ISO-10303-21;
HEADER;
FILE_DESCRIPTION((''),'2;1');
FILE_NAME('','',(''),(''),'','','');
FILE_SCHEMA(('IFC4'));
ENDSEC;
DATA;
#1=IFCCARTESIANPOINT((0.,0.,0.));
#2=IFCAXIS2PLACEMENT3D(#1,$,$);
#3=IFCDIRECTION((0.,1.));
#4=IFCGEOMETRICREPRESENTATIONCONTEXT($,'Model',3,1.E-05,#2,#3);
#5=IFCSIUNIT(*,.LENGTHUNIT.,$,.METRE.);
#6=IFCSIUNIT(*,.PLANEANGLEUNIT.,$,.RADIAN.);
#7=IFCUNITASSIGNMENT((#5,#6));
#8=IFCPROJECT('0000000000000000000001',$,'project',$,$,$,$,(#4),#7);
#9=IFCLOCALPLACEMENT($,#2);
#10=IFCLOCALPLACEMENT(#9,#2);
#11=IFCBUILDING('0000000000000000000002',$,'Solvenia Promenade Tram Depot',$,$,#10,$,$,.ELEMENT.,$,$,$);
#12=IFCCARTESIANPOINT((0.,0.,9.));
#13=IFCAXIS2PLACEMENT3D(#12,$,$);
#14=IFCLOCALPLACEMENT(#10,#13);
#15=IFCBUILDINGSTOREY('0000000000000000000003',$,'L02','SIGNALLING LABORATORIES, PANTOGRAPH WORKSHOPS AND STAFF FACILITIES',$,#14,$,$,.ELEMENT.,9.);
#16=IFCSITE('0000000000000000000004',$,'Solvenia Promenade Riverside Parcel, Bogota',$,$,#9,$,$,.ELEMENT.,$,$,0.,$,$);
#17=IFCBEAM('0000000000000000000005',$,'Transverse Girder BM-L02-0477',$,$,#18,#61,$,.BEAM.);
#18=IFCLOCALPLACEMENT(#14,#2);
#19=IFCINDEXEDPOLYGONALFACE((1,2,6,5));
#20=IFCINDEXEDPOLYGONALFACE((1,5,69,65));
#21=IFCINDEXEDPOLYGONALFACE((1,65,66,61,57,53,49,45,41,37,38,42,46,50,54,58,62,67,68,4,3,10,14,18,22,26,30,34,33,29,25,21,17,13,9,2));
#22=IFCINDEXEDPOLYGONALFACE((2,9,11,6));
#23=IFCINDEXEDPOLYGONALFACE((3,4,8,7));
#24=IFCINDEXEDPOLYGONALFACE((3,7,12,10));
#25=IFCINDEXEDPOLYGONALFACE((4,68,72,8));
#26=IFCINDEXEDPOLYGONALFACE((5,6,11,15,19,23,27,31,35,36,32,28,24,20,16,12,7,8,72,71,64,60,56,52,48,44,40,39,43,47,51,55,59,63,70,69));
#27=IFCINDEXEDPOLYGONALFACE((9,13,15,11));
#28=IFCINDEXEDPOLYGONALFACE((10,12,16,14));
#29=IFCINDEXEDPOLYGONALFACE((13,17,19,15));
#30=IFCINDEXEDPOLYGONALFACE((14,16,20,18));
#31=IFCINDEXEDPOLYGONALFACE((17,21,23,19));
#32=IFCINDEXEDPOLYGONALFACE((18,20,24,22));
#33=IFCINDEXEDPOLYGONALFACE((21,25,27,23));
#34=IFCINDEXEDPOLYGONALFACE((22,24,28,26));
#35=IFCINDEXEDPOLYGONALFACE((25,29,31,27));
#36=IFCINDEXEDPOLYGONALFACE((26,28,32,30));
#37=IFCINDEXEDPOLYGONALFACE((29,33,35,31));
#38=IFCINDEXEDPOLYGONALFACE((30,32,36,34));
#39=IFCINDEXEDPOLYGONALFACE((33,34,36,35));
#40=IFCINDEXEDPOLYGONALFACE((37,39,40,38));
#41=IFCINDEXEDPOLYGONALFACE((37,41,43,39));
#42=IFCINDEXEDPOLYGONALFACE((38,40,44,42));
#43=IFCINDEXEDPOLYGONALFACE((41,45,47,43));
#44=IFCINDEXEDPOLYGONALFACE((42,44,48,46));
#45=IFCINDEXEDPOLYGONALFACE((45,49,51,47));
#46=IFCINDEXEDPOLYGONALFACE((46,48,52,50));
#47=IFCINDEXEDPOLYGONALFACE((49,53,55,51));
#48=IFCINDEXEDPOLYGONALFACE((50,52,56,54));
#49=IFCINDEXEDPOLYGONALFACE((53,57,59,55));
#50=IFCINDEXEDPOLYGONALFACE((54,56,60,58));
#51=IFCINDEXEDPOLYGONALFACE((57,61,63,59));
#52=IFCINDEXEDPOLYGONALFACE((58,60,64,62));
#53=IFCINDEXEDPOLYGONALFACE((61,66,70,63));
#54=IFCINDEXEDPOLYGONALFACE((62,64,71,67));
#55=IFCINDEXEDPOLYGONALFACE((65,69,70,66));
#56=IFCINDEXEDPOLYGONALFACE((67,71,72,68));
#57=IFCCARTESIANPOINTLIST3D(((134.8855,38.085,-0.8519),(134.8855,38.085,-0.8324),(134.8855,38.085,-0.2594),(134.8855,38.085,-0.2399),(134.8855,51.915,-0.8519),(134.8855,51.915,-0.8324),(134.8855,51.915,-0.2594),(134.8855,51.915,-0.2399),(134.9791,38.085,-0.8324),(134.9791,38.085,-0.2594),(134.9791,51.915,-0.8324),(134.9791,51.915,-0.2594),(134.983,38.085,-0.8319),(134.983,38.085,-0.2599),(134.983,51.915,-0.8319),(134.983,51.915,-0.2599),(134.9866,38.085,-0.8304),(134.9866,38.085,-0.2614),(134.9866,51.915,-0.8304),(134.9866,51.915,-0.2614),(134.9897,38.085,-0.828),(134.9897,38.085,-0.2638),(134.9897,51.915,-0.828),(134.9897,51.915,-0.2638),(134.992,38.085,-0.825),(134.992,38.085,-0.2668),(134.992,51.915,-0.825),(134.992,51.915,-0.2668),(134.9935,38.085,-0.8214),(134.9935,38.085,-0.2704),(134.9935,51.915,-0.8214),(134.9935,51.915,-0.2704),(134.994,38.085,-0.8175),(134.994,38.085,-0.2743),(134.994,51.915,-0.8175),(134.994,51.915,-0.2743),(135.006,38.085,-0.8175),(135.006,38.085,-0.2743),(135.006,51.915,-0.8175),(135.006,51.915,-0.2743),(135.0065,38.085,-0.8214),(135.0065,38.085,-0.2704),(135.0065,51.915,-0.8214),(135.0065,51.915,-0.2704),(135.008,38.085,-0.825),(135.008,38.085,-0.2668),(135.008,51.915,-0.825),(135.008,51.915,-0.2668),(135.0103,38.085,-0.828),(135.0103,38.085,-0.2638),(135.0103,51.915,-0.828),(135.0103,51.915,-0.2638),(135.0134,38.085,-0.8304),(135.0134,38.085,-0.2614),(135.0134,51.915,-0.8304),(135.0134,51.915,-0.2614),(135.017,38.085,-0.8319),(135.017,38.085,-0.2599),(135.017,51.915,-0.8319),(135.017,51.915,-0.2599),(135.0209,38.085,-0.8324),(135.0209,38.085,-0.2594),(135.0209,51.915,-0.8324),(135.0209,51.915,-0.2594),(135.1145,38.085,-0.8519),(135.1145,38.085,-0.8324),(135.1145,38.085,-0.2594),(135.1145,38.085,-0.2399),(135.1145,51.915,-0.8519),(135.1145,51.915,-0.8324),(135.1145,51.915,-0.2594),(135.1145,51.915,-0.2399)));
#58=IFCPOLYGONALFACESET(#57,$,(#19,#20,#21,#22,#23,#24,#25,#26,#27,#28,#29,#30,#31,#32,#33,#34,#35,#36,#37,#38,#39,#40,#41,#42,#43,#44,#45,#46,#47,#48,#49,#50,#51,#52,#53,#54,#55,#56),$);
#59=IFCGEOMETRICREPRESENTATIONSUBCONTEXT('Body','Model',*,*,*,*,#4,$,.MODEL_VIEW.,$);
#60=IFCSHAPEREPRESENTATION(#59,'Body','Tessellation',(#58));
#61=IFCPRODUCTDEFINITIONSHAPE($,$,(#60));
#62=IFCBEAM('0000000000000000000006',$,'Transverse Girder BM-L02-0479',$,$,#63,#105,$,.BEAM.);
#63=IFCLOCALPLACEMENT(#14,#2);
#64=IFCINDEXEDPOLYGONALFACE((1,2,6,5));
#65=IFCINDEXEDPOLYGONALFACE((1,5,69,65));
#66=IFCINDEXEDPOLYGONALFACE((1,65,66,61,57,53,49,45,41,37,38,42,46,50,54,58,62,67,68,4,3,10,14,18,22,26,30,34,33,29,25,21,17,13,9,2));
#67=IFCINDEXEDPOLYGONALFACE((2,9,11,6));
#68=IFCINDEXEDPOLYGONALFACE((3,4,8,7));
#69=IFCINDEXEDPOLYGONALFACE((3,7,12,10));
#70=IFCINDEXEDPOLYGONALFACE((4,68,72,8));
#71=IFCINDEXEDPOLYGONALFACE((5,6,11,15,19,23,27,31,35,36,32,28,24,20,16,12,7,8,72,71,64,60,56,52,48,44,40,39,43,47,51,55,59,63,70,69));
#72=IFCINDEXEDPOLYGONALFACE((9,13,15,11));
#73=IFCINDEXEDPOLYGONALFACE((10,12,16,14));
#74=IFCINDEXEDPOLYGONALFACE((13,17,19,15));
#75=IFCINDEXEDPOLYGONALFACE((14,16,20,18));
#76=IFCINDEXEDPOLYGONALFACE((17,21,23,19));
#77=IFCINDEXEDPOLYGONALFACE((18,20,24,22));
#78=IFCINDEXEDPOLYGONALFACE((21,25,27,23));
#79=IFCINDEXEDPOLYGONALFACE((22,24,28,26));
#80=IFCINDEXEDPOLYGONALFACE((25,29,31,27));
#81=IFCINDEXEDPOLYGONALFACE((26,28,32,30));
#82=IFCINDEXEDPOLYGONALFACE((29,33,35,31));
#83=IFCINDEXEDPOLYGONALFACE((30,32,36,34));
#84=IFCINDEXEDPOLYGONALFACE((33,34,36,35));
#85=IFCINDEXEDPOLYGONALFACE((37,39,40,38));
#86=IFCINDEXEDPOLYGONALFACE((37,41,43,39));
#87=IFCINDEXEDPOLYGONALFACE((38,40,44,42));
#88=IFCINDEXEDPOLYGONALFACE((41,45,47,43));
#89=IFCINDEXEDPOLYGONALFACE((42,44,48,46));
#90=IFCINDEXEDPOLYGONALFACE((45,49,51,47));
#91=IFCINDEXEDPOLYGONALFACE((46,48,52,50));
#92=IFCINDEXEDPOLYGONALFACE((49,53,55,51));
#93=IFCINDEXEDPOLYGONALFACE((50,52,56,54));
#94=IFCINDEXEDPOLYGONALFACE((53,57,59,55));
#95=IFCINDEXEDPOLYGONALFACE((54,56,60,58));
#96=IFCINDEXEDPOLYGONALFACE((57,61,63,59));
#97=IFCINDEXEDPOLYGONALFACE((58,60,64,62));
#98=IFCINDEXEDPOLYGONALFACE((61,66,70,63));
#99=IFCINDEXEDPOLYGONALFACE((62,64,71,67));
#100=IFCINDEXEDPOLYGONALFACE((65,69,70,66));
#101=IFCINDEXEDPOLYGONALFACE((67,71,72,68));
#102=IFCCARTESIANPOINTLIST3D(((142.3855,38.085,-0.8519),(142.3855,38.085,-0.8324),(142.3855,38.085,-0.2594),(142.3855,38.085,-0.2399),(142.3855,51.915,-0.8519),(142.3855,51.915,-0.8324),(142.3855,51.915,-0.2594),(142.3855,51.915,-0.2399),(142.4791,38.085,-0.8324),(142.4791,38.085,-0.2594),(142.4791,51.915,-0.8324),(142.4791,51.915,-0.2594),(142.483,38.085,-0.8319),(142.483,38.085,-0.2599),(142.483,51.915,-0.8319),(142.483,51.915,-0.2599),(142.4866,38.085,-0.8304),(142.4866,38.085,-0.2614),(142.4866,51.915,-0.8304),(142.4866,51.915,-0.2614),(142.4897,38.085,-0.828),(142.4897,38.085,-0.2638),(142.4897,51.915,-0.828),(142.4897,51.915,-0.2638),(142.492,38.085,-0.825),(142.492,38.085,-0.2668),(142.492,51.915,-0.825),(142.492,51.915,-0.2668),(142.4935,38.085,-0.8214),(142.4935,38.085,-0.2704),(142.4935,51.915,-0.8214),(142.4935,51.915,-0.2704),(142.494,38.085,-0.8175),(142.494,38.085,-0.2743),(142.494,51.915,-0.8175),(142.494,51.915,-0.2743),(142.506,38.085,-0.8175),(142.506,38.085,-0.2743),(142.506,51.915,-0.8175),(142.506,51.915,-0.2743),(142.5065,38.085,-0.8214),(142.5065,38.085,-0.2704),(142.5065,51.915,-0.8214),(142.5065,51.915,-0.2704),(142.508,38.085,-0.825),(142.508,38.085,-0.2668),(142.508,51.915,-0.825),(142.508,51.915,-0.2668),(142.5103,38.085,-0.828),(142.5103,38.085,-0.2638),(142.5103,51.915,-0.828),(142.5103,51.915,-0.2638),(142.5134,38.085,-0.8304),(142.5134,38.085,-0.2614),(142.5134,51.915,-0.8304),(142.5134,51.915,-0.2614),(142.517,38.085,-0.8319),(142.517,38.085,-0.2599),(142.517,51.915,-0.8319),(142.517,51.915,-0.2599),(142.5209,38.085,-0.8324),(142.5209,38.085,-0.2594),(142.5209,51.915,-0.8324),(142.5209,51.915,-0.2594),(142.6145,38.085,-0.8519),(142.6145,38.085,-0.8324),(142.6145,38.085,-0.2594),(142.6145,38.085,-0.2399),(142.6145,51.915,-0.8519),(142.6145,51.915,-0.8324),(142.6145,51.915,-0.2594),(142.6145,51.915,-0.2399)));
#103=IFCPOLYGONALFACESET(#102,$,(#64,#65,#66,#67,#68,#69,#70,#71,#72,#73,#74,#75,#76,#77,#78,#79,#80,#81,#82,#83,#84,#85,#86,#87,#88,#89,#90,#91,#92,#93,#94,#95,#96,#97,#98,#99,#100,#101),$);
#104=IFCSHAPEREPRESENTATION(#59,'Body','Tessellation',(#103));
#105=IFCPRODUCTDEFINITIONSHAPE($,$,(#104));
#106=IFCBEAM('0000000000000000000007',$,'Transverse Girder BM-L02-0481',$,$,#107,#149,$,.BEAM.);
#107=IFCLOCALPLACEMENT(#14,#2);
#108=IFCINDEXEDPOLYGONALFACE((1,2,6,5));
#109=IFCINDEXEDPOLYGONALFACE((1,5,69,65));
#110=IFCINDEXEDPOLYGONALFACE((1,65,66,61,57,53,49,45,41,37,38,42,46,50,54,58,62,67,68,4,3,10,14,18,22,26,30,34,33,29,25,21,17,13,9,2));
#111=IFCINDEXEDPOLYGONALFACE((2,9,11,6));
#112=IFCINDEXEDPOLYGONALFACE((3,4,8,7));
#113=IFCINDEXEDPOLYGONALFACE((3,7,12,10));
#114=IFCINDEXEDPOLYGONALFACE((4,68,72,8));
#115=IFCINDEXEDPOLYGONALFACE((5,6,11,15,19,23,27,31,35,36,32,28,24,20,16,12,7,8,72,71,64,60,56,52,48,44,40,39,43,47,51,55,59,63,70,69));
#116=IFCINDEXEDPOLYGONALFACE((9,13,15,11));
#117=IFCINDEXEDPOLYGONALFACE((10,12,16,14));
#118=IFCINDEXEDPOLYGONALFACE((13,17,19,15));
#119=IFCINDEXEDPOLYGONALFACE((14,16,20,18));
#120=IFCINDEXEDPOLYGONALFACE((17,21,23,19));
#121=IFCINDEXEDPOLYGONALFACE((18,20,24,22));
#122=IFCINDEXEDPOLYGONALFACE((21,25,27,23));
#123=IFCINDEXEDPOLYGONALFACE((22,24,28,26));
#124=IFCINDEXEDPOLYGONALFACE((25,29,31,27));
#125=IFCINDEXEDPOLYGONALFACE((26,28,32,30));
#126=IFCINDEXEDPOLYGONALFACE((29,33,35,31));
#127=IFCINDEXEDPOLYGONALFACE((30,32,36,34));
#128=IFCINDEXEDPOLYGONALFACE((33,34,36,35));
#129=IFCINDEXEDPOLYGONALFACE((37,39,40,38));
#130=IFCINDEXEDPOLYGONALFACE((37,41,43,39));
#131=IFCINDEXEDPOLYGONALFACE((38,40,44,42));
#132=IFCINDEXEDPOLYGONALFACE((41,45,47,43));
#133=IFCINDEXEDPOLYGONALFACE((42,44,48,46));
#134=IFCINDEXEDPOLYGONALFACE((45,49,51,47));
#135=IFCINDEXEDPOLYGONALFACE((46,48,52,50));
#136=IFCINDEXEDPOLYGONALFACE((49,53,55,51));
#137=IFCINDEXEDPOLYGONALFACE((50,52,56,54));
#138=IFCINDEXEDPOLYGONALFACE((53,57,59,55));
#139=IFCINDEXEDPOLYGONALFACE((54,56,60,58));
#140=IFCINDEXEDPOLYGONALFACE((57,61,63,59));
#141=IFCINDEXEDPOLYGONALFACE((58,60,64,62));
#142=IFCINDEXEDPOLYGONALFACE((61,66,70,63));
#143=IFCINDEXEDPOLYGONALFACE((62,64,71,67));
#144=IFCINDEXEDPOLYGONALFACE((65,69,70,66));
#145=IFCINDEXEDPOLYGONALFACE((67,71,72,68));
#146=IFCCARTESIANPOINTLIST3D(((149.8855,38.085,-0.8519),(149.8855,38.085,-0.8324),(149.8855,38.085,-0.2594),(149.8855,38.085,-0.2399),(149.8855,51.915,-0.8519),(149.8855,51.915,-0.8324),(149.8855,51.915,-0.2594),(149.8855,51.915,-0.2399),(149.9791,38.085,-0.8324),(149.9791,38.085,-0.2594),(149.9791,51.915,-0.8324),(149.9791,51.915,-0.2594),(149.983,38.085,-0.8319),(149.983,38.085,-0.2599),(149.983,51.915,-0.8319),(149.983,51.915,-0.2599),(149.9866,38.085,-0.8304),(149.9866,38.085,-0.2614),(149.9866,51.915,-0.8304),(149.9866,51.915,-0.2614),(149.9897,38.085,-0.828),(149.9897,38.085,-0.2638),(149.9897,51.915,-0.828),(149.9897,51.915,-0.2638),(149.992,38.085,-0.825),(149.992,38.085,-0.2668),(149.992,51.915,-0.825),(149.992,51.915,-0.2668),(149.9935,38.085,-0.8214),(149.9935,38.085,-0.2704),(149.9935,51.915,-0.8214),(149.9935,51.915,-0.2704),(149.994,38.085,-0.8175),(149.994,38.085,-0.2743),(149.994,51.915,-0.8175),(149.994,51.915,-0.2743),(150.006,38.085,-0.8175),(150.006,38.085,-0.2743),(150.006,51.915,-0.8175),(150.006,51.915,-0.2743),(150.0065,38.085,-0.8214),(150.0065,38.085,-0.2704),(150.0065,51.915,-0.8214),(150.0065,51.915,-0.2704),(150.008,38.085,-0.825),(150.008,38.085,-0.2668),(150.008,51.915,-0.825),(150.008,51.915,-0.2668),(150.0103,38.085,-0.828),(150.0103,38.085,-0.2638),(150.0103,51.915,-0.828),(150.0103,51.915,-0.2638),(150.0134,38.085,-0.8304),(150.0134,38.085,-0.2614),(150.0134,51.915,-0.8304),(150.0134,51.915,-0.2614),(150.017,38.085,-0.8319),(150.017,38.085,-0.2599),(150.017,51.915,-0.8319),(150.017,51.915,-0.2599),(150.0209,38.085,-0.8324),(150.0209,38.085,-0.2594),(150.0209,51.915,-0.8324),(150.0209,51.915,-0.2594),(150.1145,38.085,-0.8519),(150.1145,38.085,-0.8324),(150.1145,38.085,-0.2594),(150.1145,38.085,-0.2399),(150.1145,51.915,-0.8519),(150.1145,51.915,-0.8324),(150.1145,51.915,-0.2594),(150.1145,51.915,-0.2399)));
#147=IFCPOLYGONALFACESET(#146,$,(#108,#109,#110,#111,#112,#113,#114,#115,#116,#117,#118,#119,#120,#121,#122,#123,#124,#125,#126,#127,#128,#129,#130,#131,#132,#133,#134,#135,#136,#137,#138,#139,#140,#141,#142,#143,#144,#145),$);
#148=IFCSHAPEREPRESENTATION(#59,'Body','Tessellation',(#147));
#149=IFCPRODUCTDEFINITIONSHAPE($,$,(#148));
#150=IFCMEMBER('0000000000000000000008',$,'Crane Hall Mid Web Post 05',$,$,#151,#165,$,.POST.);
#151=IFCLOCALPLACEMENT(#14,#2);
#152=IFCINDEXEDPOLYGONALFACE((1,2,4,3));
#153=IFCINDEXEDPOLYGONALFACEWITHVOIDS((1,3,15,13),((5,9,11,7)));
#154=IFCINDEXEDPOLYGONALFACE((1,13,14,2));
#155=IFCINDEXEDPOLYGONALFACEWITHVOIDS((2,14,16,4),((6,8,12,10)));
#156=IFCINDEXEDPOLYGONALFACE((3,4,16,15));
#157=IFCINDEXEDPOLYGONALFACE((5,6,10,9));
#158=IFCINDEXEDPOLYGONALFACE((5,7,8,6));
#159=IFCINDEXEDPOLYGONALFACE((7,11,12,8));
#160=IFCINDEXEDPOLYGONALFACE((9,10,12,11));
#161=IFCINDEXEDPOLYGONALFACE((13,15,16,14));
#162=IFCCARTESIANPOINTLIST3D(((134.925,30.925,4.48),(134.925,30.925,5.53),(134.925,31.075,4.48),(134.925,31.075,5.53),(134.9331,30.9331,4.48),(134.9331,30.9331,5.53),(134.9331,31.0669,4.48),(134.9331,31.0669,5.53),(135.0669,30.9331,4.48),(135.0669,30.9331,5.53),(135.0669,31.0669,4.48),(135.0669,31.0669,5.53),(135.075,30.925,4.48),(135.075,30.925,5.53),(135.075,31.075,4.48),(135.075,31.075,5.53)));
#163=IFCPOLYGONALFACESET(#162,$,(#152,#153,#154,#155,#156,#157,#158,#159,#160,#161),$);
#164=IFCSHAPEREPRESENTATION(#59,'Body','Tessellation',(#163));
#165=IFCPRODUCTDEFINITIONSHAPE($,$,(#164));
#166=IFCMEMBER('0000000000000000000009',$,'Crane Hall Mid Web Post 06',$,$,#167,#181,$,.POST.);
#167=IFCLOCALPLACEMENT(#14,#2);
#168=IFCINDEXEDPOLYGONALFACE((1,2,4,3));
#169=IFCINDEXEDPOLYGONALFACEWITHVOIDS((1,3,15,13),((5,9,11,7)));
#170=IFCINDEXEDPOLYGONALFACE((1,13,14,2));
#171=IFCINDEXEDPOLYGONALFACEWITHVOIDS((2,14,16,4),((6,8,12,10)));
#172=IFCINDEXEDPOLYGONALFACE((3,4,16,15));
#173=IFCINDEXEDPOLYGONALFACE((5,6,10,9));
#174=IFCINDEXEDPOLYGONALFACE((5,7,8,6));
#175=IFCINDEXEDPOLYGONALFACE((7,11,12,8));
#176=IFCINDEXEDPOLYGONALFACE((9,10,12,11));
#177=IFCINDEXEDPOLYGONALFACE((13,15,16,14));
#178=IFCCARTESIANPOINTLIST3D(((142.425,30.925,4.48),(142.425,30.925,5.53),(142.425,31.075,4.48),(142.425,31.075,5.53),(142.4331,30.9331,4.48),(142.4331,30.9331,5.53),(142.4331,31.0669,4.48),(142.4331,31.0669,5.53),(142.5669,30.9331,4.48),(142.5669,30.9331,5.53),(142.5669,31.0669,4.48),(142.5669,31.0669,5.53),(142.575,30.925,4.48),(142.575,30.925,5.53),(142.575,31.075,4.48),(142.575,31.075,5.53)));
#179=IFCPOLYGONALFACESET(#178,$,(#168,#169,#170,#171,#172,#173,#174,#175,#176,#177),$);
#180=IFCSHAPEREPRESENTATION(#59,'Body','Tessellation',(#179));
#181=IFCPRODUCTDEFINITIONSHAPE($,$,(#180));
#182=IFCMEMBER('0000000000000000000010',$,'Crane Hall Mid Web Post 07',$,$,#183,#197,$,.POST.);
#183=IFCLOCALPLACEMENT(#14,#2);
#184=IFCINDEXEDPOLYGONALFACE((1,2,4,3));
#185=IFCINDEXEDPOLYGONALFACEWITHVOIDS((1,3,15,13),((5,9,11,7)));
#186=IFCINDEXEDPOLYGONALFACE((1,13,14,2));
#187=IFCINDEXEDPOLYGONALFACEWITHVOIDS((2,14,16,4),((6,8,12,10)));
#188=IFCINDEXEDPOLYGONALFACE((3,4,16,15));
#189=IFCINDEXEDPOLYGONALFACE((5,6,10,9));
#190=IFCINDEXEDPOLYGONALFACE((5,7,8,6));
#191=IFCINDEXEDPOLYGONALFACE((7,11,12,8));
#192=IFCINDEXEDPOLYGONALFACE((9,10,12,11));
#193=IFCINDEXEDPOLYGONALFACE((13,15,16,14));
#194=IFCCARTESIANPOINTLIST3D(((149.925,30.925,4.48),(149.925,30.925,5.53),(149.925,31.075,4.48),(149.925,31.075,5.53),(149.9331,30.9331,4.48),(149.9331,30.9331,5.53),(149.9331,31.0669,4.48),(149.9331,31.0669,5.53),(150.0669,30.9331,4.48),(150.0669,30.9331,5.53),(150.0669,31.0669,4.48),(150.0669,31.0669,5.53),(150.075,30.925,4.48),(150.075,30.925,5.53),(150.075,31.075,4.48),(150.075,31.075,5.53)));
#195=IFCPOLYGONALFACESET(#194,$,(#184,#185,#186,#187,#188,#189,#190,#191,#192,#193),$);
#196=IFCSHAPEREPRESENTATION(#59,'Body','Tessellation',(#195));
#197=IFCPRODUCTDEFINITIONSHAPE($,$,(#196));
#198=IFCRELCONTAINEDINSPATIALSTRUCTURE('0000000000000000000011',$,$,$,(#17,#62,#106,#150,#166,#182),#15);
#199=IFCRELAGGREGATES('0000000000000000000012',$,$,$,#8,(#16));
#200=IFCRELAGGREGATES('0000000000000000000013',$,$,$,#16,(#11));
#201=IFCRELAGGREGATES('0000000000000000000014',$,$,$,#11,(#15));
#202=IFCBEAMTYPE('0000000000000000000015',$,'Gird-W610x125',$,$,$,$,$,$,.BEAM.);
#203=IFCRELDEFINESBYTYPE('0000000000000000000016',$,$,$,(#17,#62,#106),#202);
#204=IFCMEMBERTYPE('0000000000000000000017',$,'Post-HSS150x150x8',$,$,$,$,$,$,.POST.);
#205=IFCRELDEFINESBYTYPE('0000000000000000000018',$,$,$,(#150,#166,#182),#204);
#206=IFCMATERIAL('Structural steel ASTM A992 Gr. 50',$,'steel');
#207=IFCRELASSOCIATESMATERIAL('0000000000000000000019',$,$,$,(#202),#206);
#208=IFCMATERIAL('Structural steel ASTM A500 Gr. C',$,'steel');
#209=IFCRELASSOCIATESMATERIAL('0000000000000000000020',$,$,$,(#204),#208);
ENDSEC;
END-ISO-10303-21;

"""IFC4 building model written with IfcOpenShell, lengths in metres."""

from ifc_helpers import new_model, si_unit, direction, frame, origin, origin_2d, place, context, subcontext, project, spatial, hollow_rectangle, i_section, extrude, material, material_profile, profile_set, type_object, element, save


model = new_model("IFC4")

# Units and contexts
model_context = context("Model", 3, precision=1e-05, world=origin(), true_north=direction((0.0, 1.0)))
body_context = subcontext(model_context, "Body", "Model", "MODEL_VIEW")
ifc_project = project(units=[si_unit("LENGTHUNIT", "METRE"), si_unit("PLANEANGLEUNIT", "RADIAN")], contexts=[model_context])

# Site, building, storey
site_placement = place(None, origin())
site = spatial("IfcSite", under=ifc_project, at=site_placement, Name="Solvenia Promenade Riverside Parcel, Bogota", CompositionType="ELEMENT", RefElevation=0.0)
building_placement = place(site_placement, origin())
building = spatial("IfcBuilding", under=site, at=building_placement, Name="Solvenia Promenade Tram Depot", CompositionType="ELEMENT")
storey_placement = place(building_placement, frame((0.0, 0.0, 9.0)))
storey = spatial("IfcBuildingStorey", under=building, at=storey_placement, Name="L02", Description="SIGNALLING LABORATORIES, PANTOGRAPH WORKSHOPS AND STAFF FACILITIES", CompositionType="ELEMENT", Elevation=9.0)

# Shared definitions
ifc_material_1 = material(Name="Structural steel ASTM A992 Gr. 50", Category="steel")

# Shared definitions
ifc_material_2 = material(Name="Structural steel ASTM A500 Gr. C", Category="steel")

# Beams
ifc_material_profile_1 = material_profile(ifc_material_1, i_section(OverallWidth=0.229, OverallDepth=0.6121, WebThickness=0.012, FlangeThickness=0.0195, FilletRadius=0.0149, at=origin_2d()), Name="W610x125", Category="steel")
ifc_profile_set_1 = profile_set([ifc_material_profile_1], Name="Structural steel ASTM A992 Gr. 50")
beam_type_1 = type_object("IfcBeamType", Name="Gird-W610x125", PredefinedType="BEAM", material=ifc_profile_set_1)
for number, where, z_axis, x_axis, name in (
    (1, (135.0, 38.085, -0.5459), (0.0, 1.0, 0.0), (-1.0, 0.0, 0.0), "Transverse Girder BM-L02-0477"),
    (2, (142.5, 38.085, -0.5459), (0.0, 1.0, 0.0), (-1.0, 0.0, 0.0), "Transverse Girder BM-L02-0479"),
    (3, (150.0, 38.085, -0.5459), (0.0, 1.0, 0.0), (-1.0, 0.0, 0.0), "Transverse Girder BM-L02-0481"),
):
    element("IfcBeam", number, at=place(storey_placement, frame(where, z_axis=z_axis, x_axis=x_axis)), inside=storey, type_object=beam_type_1, Name=name, PredefinedType="BEAM", context=body_context, shape_type="SweptSolid", body=[
        extrude(i_section(OverallWidth=0.229, OverallDepth=0.6121, WebThickness=0.012, FlangeThickness=0.0195, FilletRadius=0.0149, at=origin_2d()), origin(), (0.0, 0.0, 1.0), 13.8301),
    ])

# Members
ifc_material_profile_2 = material_profile(ifc_material_2, hollow_rectangle(XDim=0.1499, YDim=0.1499, WallThickness=0.0081, at=origin_2d()), Name="HSS150x150x8", Category="steel")
ifc_profile_set_2 = profile_set([ifc_material_profile_2], Name="Structural steel ASTM A500 Gr. C")
member_type_1 = type_object("IfcMemberType", Name="Post-HSS150x150x8", PredefinedType="POST", material=ifc_profile_set_2)
for number, where, z_axis, x_axis, name in (
    (4, (135.0, 31.0, 4.48), (0.0, 0.0, 1.0), (1.0, 0.0, 0.0), "Crane Hall Mid Web Post 05"),
    (5, (142.5, 31.0, 4.48), (0.0, 0.0, 1.0), (1.0, 0.0, 0.0), "Crane Hall Mid Web Post 06"),
    (6, (150.0, 31.0, 4.48), (0.0, 0.0, 1.0), (1.0, 0.0, 0.0), "Crane Hall Mid Web Post 07"),
):
    element("IfcMember", number, at=place(storey_placement, frame(where, z_axis=z_axis, x_axis=x_axis)), inside=storey, type_object=member_type_1, Name=name, PredefinedType="POST", context=body_context, shape_type="SweptSolid", body=[
        extrude(hollow_rectangle(XDim=0.1499, YDim=0.1499, WallThickness=0.0081, at=origin_2d()), origin(), (0.0, 0.0, 1.0), 1.05),
    ])

save(model, "model.ifc")
